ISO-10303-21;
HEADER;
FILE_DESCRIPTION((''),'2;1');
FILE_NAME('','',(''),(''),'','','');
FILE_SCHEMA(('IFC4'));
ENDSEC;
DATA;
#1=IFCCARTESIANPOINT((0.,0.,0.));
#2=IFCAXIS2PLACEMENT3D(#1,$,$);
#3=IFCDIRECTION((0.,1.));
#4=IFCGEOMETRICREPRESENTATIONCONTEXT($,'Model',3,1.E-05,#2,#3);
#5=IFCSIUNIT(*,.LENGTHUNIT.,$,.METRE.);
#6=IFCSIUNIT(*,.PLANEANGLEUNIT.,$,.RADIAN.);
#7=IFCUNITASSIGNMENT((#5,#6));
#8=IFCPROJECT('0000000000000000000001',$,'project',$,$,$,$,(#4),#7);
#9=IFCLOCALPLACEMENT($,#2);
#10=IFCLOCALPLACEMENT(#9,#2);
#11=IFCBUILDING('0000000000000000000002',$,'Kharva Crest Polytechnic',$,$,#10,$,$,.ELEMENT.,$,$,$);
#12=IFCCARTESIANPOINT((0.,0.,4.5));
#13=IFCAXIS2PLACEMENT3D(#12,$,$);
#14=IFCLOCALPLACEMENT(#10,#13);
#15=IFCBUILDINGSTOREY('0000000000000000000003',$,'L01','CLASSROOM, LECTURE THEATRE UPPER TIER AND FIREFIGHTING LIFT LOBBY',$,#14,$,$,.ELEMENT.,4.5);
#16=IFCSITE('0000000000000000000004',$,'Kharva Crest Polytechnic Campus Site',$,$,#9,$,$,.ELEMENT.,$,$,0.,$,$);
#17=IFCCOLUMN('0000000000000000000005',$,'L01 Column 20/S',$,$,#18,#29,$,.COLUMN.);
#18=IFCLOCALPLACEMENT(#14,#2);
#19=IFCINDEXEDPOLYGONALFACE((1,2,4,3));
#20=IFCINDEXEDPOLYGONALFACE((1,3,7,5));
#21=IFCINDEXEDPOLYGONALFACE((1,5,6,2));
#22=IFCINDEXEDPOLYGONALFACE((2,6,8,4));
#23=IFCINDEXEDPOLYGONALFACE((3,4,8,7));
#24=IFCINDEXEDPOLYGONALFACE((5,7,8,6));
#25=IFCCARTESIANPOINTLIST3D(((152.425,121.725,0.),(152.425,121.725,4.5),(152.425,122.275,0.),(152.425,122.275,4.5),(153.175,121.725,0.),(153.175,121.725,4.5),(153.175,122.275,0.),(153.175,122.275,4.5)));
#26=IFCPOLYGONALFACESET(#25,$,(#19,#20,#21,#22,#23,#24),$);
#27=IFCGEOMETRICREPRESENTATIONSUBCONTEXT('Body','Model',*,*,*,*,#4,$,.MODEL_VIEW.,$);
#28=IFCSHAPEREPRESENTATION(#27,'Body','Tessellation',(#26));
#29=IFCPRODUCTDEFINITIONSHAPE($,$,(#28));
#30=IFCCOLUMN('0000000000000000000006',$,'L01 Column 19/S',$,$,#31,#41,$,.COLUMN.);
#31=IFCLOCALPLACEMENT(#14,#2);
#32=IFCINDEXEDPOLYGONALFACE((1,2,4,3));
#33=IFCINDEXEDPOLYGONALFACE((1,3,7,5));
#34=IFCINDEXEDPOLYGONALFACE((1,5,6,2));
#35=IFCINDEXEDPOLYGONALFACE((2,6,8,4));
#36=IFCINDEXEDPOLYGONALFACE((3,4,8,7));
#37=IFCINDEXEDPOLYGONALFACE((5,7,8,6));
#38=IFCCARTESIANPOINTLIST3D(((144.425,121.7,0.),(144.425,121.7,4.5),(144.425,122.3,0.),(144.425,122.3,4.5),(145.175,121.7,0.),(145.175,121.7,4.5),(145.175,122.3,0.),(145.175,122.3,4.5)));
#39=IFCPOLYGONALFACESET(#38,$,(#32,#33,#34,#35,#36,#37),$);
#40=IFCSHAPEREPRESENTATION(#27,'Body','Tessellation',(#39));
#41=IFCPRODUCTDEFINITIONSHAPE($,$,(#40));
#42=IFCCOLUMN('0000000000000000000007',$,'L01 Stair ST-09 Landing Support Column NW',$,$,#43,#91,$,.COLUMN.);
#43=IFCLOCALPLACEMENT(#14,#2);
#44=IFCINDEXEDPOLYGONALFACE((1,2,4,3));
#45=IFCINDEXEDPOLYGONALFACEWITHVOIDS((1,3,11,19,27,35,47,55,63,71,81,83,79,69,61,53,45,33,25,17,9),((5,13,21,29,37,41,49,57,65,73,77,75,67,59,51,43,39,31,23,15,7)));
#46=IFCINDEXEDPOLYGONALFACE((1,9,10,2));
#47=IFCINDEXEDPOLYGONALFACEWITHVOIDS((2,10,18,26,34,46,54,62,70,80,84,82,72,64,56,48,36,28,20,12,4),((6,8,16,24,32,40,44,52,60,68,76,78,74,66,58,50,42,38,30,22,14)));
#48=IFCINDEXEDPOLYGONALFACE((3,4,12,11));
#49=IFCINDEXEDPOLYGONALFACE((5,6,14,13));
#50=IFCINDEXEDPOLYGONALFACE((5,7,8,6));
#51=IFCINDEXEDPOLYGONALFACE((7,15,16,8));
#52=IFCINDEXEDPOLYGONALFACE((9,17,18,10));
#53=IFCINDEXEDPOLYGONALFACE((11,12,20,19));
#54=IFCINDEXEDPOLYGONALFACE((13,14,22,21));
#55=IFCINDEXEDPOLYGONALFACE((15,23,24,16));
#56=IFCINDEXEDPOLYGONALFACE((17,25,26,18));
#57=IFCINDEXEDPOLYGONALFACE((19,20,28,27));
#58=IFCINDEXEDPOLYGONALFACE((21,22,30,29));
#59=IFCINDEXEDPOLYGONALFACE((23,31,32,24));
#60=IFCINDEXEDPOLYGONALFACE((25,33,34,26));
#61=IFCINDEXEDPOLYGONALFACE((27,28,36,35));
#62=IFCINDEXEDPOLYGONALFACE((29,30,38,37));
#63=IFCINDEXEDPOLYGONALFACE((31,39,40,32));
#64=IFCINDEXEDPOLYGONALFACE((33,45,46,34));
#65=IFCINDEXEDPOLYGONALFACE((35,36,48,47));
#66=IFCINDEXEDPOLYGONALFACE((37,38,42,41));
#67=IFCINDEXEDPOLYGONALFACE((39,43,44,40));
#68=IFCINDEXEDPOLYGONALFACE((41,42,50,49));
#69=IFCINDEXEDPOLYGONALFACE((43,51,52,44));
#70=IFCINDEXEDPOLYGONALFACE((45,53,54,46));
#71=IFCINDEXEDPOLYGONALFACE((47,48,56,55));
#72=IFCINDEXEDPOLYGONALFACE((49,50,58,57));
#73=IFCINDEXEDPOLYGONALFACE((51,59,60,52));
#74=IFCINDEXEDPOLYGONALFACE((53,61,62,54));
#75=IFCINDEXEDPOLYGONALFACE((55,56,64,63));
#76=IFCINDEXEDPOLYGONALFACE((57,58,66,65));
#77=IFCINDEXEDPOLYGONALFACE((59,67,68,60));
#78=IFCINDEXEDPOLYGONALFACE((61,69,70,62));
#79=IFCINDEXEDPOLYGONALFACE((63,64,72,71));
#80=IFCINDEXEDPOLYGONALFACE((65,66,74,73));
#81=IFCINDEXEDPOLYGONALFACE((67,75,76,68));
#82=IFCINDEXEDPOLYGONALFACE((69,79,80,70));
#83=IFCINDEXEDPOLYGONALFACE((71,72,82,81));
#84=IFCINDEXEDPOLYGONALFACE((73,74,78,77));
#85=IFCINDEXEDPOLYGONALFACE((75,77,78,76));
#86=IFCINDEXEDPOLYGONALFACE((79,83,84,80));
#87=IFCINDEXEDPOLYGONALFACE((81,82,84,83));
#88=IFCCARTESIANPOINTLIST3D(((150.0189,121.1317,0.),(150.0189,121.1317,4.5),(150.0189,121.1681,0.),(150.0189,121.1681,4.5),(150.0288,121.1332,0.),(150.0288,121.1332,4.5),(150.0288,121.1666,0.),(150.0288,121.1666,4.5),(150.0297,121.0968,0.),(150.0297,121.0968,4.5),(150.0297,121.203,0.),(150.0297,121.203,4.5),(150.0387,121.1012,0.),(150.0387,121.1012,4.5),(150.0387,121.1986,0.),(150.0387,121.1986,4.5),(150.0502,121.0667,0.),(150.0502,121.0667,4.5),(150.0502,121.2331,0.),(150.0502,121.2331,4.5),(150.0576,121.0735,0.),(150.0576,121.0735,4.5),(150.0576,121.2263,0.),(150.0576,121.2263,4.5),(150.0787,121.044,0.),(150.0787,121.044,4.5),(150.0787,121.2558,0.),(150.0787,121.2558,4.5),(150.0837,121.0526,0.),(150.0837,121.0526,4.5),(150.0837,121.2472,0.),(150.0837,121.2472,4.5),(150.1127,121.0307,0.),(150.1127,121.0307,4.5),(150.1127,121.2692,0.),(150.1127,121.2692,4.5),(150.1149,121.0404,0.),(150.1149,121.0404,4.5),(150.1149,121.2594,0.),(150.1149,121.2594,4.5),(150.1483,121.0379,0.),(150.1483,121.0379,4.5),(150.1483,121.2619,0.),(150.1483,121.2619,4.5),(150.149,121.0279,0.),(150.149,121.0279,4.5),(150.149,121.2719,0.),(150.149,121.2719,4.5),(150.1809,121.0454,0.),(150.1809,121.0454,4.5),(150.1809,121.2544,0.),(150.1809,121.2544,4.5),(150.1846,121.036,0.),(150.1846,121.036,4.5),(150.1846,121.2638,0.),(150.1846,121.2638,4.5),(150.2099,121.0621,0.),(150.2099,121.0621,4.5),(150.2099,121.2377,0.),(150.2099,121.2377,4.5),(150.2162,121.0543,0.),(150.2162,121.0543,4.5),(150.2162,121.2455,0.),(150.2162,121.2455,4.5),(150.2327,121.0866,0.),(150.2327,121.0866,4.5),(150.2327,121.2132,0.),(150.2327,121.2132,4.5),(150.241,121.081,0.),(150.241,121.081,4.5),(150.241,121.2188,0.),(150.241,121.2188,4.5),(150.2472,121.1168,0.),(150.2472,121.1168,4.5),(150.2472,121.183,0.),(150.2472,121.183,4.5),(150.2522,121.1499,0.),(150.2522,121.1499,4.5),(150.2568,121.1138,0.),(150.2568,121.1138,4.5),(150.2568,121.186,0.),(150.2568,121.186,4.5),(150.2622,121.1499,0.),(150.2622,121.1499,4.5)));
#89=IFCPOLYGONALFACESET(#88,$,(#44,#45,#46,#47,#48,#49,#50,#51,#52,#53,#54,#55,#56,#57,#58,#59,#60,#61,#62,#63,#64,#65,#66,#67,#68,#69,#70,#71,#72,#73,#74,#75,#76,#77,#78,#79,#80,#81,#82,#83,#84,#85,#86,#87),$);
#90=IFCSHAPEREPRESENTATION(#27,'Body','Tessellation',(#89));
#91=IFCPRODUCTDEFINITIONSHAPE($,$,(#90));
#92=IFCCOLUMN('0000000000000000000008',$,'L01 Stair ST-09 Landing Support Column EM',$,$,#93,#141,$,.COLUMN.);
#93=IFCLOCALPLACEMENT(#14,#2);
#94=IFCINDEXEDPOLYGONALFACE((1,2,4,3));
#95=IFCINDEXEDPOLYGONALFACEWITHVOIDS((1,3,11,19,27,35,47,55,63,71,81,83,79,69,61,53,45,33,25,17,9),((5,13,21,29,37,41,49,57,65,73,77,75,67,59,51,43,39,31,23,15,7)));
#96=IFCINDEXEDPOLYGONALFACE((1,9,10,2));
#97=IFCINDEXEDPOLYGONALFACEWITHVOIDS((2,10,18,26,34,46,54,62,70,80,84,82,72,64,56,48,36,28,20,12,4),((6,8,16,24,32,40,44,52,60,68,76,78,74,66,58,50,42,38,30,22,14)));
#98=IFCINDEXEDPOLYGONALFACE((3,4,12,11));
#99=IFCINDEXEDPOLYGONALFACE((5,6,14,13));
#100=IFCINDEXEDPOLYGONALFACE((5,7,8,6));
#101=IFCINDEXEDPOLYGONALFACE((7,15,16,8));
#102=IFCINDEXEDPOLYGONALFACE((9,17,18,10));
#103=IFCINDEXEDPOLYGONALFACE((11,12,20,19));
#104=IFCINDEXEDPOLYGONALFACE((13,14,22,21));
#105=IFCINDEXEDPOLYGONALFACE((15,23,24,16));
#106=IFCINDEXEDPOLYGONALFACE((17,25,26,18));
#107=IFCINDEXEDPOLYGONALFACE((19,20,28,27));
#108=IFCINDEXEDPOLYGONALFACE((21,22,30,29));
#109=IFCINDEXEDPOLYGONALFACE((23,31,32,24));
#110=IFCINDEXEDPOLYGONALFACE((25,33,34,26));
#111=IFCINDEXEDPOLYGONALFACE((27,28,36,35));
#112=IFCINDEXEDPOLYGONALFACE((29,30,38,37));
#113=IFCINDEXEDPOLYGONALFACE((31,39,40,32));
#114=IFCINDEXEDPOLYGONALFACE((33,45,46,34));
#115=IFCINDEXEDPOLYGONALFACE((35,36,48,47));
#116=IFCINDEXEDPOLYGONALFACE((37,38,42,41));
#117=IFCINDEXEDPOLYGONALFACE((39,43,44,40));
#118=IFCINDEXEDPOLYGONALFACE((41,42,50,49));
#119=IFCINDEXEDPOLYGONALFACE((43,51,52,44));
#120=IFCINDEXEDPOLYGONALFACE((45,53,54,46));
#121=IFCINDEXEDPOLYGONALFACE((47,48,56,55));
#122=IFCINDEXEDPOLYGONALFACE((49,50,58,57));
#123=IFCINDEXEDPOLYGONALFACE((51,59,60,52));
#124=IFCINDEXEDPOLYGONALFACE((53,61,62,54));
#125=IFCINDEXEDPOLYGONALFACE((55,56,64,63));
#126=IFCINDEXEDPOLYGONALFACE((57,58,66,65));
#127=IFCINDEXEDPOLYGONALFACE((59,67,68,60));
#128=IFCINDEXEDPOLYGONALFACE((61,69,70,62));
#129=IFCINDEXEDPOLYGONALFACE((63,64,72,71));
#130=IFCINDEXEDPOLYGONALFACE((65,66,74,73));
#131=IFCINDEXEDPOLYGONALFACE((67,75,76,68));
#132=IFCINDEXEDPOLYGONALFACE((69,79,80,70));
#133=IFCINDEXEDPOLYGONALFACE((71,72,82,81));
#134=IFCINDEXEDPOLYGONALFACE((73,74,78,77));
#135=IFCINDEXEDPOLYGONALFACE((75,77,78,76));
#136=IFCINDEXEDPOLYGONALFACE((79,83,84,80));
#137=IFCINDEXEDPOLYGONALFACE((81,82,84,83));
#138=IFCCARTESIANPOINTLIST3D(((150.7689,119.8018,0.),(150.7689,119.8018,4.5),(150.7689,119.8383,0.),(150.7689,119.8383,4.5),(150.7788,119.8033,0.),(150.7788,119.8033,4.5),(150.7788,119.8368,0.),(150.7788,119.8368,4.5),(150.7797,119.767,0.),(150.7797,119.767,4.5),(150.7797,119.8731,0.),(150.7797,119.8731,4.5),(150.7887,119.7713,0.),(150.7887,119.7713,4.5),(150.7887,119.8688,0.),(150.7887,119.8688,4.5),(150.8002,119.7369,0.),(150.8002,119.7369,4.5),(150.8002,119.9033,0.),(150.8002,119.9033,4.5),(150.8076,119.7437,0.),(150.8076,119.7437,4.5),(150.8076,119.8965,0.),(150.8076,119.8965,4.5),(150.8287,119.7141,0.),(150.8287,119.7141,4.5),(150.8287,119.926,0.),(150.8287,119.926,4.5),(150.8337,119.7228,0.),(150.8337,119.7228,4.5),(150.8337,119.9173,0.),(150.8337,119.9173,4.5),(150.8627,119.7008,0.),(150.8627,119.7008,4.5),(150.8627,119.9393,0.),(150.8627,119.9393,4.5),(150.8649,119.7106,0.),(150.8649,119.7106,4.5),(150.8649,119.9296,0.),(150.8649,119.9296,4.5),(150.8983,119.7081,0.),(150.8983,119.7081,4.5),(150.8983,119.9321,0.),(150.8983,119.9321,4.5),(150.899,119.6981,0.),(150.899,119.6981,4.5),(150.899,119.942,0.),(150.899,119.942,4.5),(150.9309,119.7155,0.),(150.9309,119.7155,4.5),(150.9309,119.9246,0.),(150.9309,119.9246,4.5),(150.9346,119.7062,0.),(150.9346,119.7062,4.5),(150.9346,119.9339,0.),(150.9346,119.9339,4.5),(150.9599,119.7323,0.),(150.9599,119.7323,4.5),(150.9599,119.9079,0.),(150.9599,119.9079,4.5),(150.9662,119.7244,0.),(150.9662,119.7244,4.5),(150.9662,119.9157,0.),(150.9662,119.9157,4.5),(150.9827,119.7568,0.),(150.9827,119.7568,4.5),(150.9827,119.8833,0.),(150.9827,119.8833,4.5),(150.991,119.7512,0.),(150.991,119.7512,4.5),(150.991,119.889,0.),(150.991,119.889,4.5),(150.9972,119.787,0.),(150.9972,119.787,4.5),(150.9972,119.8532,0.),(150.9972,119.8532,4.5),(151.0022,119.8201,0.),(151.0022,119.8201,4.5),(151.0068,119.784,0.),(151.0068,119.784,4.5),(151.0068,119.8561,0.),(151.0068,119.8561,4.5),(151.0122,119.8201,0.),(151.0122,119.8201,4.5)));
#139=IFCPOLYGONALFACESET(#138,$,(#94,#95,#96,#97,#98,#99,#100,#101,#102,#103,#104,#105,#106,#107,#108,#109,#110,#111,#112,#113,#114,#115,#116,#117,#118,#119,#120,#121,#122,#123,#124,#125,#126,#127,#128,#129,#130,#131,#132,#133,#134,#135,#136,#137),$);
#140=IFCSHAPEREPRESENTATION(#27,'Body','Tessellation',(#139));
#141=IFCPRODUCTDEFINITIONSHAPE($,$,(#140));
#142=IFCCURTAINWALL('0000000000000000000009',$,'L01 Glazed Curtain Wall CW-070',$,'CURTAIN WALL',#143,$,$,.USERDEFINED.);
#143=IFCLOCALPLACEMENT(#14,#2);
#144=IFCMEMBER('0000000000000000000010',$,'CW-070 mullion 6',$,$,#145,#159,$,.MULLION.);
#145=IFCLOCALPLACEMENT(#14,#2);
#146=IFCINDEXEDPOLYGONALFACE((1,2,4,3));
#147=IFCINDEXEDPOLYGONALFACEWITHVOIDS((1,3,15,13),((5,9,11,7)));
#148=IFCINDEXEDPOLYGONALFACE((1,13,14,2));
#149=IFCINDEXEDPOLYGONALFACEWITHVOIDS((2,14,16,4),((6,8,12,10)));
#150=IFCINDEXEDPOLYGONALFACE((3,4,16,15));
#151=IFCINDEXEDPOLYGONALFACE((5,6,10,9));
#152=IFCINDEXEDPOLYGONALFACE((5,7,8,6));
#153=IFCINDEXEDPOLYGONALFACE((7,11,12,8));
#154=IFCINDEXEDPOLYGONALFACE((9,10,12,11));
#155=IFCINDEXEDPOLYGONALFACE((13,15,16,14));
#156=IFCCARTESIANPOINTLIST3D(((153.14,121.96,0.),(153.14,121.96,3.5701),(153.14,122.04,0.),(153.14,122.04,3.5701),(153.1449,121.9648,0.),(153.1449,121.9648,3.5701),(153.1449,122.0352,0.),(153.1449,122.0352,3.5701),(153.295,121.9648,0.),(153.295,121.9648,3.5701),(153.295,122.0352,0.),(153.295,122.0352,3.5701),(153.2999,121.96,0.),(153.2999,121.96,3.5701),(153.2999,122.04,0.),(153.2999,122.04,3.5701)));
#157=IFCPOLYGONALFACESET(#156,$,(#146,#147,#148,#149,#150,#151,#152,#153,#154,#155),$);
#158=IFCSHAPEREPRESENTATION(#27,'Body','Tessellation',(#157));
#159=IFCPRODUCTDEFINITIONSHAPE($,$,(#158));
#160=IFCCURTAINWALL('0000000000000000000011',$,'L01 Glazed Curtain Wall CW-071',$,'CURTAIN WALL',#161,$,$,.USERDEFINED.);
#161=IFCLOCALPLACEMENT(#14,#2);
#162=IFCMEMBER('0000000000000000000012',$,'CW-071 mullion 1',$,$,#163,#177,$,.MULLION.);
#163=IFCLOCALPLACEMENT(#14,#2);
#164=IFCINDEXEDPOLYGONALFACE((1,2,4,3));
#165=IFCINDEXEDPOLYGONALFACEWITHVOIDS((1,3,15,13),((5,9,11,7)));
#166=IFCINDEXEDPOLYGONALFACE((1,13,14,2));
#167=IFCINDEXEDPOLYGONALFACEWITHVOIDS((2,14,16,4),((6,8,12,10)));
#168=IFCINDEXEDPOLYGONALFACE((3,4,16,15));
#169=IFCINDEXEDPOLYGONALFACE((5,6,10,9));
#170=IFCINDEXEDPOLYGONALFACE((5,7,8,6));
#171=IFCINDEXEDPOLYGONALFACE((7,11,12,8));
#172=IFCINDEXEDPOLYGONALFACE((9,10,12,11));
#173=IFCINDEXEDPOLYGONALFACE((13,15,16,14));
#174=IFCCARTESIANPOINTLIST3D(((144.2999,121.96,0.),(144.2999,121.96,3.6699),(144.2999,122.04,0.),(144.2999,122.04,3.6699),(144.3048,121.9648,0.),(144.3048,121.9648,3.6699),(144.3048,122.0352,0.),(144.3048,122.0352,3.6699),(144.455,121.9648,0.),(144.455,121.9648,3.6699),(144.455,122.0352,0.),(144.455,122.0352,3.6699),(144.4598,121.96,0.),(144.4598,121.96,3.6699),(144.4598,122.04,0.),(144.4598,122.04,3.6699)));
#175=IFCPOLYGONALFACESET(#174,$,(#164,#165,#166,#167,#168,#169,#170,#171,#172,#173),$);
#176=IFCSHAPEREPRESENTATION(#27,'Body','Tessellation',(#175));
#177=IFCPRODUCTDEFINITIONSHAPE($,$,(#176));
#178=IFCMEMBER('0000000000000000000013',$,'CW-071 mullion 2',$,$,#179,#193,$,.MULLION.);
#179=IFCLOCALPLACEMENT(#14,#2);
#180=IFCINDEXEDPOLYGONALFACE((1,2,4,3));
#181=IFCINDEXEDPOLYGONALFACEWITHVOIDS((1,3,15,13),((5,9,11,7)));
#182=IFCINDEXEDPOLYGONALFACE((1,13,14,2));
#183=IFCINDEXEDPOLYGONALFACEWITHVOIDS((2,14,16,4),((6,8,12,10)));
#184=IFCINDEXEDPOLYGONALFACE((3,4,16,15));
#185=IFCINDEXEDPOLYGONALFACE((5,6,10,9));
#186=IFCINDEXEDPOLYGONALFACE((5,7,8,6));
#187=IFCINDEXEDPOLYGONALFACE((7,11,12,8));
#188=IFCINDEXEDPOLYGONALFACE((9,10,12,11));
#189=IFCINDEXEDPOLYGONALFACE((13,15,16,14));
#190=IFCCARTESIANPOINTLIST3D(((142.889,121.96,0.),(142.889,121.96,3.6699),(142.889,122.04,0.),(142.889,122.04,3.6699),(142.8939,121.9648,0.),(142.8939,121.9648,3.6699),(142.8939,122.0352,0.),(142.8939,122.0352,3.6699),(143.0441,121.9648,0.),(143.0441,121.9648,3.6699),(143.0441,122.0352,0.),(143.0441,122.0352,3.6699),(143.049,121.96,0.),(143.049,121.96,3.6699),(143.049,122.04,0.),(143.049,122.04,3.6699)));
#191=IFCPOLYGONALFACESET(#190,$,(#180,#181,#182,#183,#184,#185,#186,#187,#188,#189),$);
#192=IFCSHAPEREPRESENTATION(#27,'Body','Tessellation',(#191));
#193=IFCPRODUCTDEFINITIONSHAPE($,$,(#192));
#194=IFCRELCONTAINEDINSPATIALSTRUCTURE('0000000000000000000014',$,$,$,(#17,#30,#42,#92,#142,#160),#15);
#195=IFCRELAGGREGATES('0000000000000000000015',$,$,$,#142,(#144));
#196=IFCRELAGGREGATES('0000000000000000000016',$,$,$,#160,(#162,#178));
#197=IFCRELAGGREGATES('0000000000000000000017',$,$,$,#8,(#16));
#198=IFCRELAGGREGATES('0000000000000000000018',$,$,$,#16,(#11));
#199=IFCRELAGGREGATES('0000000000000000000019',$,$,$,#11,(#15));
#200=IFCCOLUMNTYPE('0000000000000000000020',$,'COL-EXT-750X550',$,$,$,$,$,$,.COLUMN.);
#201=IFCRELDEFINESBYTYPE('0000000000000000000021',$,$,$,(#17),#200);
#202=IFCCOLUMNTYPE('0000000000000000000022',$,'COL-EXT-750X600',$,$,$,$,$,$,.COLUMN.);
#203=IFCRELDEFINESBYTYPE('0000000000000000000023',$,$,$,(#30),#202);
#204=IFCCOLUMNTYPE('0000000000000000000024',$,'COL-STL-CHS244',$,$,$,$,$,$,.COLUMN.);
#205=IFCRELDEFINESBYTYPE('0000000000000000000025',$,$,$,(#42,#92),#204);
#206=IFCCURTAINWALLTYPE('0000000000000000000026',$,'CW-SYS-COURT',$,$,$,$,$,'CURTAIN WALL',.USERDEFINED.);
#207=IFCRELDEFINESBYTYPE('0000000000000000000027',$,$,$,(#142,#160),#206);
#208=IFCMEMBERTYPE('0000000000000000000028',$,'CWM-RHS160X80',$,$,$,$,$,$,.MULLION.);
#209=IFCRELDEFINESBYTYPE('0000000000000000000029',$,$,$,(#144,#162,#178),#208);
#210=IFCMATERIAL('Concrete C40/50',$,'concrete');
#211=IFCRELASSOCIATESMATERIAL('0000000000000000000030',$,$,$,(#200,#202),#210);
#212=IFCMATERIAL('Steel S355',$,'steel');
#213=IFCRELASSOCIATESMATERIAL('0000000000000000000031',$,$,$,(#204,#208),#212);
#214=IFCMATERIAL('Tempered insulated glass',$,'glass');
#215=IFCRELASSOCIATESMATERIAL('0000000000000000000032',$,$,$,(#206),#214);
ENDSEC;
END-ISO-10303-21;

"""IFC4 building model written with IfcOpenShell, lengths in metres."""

from ifc_helpers import new_model, si_unit, direction, frame, origin, origin_2d, place, context, subcontext, project, spatial, rectangle, hollow_rectangle, hollow_circle, extrude, material, material_profile, profile_set, type_object, element, aggregate, save


model = new_model("IFC4")

# Units and contexts
model_context = context("Model", 3, precision=1e-05, world=origin(), true_north=direction((0.0, 1.0)))
body_context = subcontext(model_context, "Body", "Model", "MODEL_VIEW")
ifc_project = project(units=[si_unit("LENGTHUNIT", "METRE"), si_unit("PLANEANGLEUNIT", "RADIAN")], contexts=[model_context])

# Site, building, storey
site_placement = place(None, origin())
site = spatial("IfcSite", under=ifc_project, at=site_placement, Name="Kharva Crest Polytechnic Campus Site", CompositionType="ELEMENT", RefElevation=0.0)
building_placement = place(site_placement, origin())
building = spatial("IfcBuilding", under=site, at=building_placement, Name="Kharva Crest Polytechnic", CompositionType="ELEMENT")
storey_placement = place(building_placement, frame((0.0, 0.0, 4.5)))
storey = spatial("IfcBuildingStorey", under=building, at=storey_placement, Name="L01", Description="CLASSROOM, LECTURE THEATRE UPPER TIER AND FIREFIGHTING LIFT LOBBY", CompositionType="ELEMENT", Elevation=4.5)

# Columns
ifc_material_1 = material(Name="Concrete C40/50", Category="concrete")
ifc_material_profile_1 = material_profile(ifc_material_1, rectangle(XDim=0.75, YDim=0.55, at=origin_2d()), Name="RECT 750 X 550")
ifc_profile_set_1 = profile_set([ifc_material_profile_1], Name="Concrete C40/50")
column_type_1 = type_object("IfcColumnType", Name="COL-EXT-750X550", PredefinedType="COLUMN", material=ifc_profile_set_1)
column_1_placement = place(storey_placement, frame((152.8, 122.0, 0.0), z_axis=(0.0, 0.0, 1.0), x_axis=(1.0, 0.0, 0.0)))
element("IfcColumn", 1, at=column_1_placement, inside=storey, type_object=column_type_1, Name="L01 Column 20/S", PredefinedType="COLUMN", context=body_context, shape_type="SweptSolid", body=[
    extrude(rectangle(XDim=0.75, YDim=0.55, at=origin_2d()), origin(), (0.0, 0.0, 1.0), 4.5),
])
ifc_material_profile_2 = material_profile(ifc_material_1, rectangle(XDim=0.75, YDim=0.6001, at=origin_2d()), Name="RECT 750 X 600")
ifc_profile_set_2 = profile_set([ifc_material_profile_2], Name="Concrete C40/50")
column_type_2 = type_object("IfcColumnType", Name="COL-EXT-750X600", PredefinedType="COLUMN", material=ifc_profile_set_2)
column_2_placement = place(storey_placement, frame((144.8, 122.0, 0.0), z_axis=(0.0, 0.0, 1.0), x_axis=(1.0, 0.0, 0.0)))
element("IfcColumn", 2, at=column_2_placement, inside=storey, type_object=column_type_2, Name="L01 Column 19/S", PredefinedType="COLUMN", context=body_context, shape_type="SweptSolid", body=[
    extrude(rectangle(XDim=0.75, YDim=0.6001, at=origin_2d()), origin(), (0.0, 0.0, 1.0), 4.5),
])
ifc_material_2 = material(Name="Steel S355", Category="steel")
ifc_material_profile_3 = material_profile(ifc_material_2, hollow_circle(Radius=0.1223, WallThickness=0.01, at=origin_2d()), Name="CHS 244.5X10.0")
ifc_profile_set_3 = profile_set([ifc_material_profile_3], Name="Steel S355")
column_type_3 = type_object("IfcColumnType", Name="COL-STL-CHS244", PredefinedType="COLUMN", material=ifc_profile_set_3)
for number, where, z_axis, x_axis, name in (
    (3, (150.1399, 121.1499, 0.0), (0.0, 0.0, 1.0), (1.0, 0.0, 0.0), "L01 Stair ST-09 Landing Support Column NW"),
    (4, (150.8899, 119.8201, 0.0), (0.0, 0.0, 1.0), (1.0, 0.0, 0.0), "L01 Stair ST-09 Landing Support Column EM"),
):
    element("IfcColumn", number, at=place(storey_placement, frame(where, z_axis=z_axis, x_axis=x_axis)), inside=storey, type_object=column_type_3, Name=name, PredefinedType="COLUMN", context=body_context, shape_type="SweptSolid", body=[
        extrude(hollow_circle(Radius=0.1223, WallThickness=0.01, at=origin_2d()), origin(), (0.0, 0.0, 1.0), 4.5),
    ])

# Curtain wall, member
ifc_material_3 = material(Name="Tempered insulated glass", Category="glass")
curtain_wall_type = type_object("IfcCurtainWallType", Name="CW-SYS-COURT", ElementType="CURTAIN WALL", PredefinedType="USERDEFINED", material=ifc_material_3)
curtain_wall_1_placement = place(storey_placement, origin())
curtain_wall_1 = element("IfcCurtainWall", 5, at=curtain_wall_1_placement, inside=storey, type_object=curtain_wall_type, Name="L01 Glazed Curtain Wall CW-070", ObjectType="CURTAIN WALL", PredefinedType="USERDEFINED")
ifc_material_profile_4 = material_profile(ifc_material_2, hollow_rectangle(XDim=0.0801, YDim=0.1599, WallThickness=0.0049, at=origin_2d()), Name="RHS 160X80X5.0")
ifc_profile_set_4 = profile_set([ifc_material_profile_4], Name="Steel S355")
member_type_1 = type_object("IfcMemberType", Name="CWM-RHS160X80", PredefinedType="MULLION", material=ifc_profile_set_4)
member_1_placement = place(storey_placement, frame((153.22, 122.0, 0.0), z_axis=(0.0, 0.0, 1.0), x_axis=(0.0, -1.0, 0.0)))
member_1 = element("IfcMember", 6, at=member_1_placement, type_object=member_type_1, Name="CW-070 mullion 6", PredefinedType="MULLION", context=body_context, shape_type="SweptSolid", body=[
    extrude(hollow_rectangle(XDim=0.0801, YDim=0.1599, WallThickness=0.0049, at=origin_2d()), origin(), (0.0, 0.0, 1.0), 3.5701),
])

# Curtain wall, members
curtain_wall_2_placement = place(storey_placement, origin())
curtain_wall_2 = element("IfcCurtainWall", 7, at=curtain_wall_2_placement, inside=storey, type_object=curtain_wall_type, Name="L01 Glazed Curtain Wall CW-071", ObjectType="CURTAIN WALL", PredefinedType="USERDEFINED")
member_2_placement = place(storey_placement, frame((144.3799, 122.0, 0.0), z_axis=(0.0, 0.0, 1.0), x_axis=(0.0, -1.0, 0.0)))
member_2 = element("IfcMember", 8, at=member_2_placement, type_object=member_type_1, Name="CW-071 mullion 1", PredefinedType="MULLION", context=body_context, shape_type="SweptSolid", body=[
    extrude(hollow_rectangle(XDim=0.0801, YDim=0.1599, WallThickness=0.0049, at=origin_2d()), origin(), (0.0, 0.0, 1.0), 3.6699),
])
member_3_placement = place(storey_placement, frame((142.969, 122.0, 0.0), z_axis=(0.0, 0.0, 1.0), x_axis=(0.0, -1.0, 0.0)))
member_3 = element("IfcMember", 9, at=member_3_placement, type_object=member_type_1, Name="CW-071 mullion 2", PredefinedType="MULLION", context=body_context, shape_type="SweptSolid", body=[
    extrude(hollow_rectangle(XDim=0.0801, YDim=0.1599, WallThickness=0.0049, at=origin_2d()), origin(), (0.0, 0.0, 1.0), 3.6699),
])

aggregate(curtain_wall_1, [member_1])
aggregate(curtain_wall_2, [member_2, member_3])

save(model, "model.ifc")
